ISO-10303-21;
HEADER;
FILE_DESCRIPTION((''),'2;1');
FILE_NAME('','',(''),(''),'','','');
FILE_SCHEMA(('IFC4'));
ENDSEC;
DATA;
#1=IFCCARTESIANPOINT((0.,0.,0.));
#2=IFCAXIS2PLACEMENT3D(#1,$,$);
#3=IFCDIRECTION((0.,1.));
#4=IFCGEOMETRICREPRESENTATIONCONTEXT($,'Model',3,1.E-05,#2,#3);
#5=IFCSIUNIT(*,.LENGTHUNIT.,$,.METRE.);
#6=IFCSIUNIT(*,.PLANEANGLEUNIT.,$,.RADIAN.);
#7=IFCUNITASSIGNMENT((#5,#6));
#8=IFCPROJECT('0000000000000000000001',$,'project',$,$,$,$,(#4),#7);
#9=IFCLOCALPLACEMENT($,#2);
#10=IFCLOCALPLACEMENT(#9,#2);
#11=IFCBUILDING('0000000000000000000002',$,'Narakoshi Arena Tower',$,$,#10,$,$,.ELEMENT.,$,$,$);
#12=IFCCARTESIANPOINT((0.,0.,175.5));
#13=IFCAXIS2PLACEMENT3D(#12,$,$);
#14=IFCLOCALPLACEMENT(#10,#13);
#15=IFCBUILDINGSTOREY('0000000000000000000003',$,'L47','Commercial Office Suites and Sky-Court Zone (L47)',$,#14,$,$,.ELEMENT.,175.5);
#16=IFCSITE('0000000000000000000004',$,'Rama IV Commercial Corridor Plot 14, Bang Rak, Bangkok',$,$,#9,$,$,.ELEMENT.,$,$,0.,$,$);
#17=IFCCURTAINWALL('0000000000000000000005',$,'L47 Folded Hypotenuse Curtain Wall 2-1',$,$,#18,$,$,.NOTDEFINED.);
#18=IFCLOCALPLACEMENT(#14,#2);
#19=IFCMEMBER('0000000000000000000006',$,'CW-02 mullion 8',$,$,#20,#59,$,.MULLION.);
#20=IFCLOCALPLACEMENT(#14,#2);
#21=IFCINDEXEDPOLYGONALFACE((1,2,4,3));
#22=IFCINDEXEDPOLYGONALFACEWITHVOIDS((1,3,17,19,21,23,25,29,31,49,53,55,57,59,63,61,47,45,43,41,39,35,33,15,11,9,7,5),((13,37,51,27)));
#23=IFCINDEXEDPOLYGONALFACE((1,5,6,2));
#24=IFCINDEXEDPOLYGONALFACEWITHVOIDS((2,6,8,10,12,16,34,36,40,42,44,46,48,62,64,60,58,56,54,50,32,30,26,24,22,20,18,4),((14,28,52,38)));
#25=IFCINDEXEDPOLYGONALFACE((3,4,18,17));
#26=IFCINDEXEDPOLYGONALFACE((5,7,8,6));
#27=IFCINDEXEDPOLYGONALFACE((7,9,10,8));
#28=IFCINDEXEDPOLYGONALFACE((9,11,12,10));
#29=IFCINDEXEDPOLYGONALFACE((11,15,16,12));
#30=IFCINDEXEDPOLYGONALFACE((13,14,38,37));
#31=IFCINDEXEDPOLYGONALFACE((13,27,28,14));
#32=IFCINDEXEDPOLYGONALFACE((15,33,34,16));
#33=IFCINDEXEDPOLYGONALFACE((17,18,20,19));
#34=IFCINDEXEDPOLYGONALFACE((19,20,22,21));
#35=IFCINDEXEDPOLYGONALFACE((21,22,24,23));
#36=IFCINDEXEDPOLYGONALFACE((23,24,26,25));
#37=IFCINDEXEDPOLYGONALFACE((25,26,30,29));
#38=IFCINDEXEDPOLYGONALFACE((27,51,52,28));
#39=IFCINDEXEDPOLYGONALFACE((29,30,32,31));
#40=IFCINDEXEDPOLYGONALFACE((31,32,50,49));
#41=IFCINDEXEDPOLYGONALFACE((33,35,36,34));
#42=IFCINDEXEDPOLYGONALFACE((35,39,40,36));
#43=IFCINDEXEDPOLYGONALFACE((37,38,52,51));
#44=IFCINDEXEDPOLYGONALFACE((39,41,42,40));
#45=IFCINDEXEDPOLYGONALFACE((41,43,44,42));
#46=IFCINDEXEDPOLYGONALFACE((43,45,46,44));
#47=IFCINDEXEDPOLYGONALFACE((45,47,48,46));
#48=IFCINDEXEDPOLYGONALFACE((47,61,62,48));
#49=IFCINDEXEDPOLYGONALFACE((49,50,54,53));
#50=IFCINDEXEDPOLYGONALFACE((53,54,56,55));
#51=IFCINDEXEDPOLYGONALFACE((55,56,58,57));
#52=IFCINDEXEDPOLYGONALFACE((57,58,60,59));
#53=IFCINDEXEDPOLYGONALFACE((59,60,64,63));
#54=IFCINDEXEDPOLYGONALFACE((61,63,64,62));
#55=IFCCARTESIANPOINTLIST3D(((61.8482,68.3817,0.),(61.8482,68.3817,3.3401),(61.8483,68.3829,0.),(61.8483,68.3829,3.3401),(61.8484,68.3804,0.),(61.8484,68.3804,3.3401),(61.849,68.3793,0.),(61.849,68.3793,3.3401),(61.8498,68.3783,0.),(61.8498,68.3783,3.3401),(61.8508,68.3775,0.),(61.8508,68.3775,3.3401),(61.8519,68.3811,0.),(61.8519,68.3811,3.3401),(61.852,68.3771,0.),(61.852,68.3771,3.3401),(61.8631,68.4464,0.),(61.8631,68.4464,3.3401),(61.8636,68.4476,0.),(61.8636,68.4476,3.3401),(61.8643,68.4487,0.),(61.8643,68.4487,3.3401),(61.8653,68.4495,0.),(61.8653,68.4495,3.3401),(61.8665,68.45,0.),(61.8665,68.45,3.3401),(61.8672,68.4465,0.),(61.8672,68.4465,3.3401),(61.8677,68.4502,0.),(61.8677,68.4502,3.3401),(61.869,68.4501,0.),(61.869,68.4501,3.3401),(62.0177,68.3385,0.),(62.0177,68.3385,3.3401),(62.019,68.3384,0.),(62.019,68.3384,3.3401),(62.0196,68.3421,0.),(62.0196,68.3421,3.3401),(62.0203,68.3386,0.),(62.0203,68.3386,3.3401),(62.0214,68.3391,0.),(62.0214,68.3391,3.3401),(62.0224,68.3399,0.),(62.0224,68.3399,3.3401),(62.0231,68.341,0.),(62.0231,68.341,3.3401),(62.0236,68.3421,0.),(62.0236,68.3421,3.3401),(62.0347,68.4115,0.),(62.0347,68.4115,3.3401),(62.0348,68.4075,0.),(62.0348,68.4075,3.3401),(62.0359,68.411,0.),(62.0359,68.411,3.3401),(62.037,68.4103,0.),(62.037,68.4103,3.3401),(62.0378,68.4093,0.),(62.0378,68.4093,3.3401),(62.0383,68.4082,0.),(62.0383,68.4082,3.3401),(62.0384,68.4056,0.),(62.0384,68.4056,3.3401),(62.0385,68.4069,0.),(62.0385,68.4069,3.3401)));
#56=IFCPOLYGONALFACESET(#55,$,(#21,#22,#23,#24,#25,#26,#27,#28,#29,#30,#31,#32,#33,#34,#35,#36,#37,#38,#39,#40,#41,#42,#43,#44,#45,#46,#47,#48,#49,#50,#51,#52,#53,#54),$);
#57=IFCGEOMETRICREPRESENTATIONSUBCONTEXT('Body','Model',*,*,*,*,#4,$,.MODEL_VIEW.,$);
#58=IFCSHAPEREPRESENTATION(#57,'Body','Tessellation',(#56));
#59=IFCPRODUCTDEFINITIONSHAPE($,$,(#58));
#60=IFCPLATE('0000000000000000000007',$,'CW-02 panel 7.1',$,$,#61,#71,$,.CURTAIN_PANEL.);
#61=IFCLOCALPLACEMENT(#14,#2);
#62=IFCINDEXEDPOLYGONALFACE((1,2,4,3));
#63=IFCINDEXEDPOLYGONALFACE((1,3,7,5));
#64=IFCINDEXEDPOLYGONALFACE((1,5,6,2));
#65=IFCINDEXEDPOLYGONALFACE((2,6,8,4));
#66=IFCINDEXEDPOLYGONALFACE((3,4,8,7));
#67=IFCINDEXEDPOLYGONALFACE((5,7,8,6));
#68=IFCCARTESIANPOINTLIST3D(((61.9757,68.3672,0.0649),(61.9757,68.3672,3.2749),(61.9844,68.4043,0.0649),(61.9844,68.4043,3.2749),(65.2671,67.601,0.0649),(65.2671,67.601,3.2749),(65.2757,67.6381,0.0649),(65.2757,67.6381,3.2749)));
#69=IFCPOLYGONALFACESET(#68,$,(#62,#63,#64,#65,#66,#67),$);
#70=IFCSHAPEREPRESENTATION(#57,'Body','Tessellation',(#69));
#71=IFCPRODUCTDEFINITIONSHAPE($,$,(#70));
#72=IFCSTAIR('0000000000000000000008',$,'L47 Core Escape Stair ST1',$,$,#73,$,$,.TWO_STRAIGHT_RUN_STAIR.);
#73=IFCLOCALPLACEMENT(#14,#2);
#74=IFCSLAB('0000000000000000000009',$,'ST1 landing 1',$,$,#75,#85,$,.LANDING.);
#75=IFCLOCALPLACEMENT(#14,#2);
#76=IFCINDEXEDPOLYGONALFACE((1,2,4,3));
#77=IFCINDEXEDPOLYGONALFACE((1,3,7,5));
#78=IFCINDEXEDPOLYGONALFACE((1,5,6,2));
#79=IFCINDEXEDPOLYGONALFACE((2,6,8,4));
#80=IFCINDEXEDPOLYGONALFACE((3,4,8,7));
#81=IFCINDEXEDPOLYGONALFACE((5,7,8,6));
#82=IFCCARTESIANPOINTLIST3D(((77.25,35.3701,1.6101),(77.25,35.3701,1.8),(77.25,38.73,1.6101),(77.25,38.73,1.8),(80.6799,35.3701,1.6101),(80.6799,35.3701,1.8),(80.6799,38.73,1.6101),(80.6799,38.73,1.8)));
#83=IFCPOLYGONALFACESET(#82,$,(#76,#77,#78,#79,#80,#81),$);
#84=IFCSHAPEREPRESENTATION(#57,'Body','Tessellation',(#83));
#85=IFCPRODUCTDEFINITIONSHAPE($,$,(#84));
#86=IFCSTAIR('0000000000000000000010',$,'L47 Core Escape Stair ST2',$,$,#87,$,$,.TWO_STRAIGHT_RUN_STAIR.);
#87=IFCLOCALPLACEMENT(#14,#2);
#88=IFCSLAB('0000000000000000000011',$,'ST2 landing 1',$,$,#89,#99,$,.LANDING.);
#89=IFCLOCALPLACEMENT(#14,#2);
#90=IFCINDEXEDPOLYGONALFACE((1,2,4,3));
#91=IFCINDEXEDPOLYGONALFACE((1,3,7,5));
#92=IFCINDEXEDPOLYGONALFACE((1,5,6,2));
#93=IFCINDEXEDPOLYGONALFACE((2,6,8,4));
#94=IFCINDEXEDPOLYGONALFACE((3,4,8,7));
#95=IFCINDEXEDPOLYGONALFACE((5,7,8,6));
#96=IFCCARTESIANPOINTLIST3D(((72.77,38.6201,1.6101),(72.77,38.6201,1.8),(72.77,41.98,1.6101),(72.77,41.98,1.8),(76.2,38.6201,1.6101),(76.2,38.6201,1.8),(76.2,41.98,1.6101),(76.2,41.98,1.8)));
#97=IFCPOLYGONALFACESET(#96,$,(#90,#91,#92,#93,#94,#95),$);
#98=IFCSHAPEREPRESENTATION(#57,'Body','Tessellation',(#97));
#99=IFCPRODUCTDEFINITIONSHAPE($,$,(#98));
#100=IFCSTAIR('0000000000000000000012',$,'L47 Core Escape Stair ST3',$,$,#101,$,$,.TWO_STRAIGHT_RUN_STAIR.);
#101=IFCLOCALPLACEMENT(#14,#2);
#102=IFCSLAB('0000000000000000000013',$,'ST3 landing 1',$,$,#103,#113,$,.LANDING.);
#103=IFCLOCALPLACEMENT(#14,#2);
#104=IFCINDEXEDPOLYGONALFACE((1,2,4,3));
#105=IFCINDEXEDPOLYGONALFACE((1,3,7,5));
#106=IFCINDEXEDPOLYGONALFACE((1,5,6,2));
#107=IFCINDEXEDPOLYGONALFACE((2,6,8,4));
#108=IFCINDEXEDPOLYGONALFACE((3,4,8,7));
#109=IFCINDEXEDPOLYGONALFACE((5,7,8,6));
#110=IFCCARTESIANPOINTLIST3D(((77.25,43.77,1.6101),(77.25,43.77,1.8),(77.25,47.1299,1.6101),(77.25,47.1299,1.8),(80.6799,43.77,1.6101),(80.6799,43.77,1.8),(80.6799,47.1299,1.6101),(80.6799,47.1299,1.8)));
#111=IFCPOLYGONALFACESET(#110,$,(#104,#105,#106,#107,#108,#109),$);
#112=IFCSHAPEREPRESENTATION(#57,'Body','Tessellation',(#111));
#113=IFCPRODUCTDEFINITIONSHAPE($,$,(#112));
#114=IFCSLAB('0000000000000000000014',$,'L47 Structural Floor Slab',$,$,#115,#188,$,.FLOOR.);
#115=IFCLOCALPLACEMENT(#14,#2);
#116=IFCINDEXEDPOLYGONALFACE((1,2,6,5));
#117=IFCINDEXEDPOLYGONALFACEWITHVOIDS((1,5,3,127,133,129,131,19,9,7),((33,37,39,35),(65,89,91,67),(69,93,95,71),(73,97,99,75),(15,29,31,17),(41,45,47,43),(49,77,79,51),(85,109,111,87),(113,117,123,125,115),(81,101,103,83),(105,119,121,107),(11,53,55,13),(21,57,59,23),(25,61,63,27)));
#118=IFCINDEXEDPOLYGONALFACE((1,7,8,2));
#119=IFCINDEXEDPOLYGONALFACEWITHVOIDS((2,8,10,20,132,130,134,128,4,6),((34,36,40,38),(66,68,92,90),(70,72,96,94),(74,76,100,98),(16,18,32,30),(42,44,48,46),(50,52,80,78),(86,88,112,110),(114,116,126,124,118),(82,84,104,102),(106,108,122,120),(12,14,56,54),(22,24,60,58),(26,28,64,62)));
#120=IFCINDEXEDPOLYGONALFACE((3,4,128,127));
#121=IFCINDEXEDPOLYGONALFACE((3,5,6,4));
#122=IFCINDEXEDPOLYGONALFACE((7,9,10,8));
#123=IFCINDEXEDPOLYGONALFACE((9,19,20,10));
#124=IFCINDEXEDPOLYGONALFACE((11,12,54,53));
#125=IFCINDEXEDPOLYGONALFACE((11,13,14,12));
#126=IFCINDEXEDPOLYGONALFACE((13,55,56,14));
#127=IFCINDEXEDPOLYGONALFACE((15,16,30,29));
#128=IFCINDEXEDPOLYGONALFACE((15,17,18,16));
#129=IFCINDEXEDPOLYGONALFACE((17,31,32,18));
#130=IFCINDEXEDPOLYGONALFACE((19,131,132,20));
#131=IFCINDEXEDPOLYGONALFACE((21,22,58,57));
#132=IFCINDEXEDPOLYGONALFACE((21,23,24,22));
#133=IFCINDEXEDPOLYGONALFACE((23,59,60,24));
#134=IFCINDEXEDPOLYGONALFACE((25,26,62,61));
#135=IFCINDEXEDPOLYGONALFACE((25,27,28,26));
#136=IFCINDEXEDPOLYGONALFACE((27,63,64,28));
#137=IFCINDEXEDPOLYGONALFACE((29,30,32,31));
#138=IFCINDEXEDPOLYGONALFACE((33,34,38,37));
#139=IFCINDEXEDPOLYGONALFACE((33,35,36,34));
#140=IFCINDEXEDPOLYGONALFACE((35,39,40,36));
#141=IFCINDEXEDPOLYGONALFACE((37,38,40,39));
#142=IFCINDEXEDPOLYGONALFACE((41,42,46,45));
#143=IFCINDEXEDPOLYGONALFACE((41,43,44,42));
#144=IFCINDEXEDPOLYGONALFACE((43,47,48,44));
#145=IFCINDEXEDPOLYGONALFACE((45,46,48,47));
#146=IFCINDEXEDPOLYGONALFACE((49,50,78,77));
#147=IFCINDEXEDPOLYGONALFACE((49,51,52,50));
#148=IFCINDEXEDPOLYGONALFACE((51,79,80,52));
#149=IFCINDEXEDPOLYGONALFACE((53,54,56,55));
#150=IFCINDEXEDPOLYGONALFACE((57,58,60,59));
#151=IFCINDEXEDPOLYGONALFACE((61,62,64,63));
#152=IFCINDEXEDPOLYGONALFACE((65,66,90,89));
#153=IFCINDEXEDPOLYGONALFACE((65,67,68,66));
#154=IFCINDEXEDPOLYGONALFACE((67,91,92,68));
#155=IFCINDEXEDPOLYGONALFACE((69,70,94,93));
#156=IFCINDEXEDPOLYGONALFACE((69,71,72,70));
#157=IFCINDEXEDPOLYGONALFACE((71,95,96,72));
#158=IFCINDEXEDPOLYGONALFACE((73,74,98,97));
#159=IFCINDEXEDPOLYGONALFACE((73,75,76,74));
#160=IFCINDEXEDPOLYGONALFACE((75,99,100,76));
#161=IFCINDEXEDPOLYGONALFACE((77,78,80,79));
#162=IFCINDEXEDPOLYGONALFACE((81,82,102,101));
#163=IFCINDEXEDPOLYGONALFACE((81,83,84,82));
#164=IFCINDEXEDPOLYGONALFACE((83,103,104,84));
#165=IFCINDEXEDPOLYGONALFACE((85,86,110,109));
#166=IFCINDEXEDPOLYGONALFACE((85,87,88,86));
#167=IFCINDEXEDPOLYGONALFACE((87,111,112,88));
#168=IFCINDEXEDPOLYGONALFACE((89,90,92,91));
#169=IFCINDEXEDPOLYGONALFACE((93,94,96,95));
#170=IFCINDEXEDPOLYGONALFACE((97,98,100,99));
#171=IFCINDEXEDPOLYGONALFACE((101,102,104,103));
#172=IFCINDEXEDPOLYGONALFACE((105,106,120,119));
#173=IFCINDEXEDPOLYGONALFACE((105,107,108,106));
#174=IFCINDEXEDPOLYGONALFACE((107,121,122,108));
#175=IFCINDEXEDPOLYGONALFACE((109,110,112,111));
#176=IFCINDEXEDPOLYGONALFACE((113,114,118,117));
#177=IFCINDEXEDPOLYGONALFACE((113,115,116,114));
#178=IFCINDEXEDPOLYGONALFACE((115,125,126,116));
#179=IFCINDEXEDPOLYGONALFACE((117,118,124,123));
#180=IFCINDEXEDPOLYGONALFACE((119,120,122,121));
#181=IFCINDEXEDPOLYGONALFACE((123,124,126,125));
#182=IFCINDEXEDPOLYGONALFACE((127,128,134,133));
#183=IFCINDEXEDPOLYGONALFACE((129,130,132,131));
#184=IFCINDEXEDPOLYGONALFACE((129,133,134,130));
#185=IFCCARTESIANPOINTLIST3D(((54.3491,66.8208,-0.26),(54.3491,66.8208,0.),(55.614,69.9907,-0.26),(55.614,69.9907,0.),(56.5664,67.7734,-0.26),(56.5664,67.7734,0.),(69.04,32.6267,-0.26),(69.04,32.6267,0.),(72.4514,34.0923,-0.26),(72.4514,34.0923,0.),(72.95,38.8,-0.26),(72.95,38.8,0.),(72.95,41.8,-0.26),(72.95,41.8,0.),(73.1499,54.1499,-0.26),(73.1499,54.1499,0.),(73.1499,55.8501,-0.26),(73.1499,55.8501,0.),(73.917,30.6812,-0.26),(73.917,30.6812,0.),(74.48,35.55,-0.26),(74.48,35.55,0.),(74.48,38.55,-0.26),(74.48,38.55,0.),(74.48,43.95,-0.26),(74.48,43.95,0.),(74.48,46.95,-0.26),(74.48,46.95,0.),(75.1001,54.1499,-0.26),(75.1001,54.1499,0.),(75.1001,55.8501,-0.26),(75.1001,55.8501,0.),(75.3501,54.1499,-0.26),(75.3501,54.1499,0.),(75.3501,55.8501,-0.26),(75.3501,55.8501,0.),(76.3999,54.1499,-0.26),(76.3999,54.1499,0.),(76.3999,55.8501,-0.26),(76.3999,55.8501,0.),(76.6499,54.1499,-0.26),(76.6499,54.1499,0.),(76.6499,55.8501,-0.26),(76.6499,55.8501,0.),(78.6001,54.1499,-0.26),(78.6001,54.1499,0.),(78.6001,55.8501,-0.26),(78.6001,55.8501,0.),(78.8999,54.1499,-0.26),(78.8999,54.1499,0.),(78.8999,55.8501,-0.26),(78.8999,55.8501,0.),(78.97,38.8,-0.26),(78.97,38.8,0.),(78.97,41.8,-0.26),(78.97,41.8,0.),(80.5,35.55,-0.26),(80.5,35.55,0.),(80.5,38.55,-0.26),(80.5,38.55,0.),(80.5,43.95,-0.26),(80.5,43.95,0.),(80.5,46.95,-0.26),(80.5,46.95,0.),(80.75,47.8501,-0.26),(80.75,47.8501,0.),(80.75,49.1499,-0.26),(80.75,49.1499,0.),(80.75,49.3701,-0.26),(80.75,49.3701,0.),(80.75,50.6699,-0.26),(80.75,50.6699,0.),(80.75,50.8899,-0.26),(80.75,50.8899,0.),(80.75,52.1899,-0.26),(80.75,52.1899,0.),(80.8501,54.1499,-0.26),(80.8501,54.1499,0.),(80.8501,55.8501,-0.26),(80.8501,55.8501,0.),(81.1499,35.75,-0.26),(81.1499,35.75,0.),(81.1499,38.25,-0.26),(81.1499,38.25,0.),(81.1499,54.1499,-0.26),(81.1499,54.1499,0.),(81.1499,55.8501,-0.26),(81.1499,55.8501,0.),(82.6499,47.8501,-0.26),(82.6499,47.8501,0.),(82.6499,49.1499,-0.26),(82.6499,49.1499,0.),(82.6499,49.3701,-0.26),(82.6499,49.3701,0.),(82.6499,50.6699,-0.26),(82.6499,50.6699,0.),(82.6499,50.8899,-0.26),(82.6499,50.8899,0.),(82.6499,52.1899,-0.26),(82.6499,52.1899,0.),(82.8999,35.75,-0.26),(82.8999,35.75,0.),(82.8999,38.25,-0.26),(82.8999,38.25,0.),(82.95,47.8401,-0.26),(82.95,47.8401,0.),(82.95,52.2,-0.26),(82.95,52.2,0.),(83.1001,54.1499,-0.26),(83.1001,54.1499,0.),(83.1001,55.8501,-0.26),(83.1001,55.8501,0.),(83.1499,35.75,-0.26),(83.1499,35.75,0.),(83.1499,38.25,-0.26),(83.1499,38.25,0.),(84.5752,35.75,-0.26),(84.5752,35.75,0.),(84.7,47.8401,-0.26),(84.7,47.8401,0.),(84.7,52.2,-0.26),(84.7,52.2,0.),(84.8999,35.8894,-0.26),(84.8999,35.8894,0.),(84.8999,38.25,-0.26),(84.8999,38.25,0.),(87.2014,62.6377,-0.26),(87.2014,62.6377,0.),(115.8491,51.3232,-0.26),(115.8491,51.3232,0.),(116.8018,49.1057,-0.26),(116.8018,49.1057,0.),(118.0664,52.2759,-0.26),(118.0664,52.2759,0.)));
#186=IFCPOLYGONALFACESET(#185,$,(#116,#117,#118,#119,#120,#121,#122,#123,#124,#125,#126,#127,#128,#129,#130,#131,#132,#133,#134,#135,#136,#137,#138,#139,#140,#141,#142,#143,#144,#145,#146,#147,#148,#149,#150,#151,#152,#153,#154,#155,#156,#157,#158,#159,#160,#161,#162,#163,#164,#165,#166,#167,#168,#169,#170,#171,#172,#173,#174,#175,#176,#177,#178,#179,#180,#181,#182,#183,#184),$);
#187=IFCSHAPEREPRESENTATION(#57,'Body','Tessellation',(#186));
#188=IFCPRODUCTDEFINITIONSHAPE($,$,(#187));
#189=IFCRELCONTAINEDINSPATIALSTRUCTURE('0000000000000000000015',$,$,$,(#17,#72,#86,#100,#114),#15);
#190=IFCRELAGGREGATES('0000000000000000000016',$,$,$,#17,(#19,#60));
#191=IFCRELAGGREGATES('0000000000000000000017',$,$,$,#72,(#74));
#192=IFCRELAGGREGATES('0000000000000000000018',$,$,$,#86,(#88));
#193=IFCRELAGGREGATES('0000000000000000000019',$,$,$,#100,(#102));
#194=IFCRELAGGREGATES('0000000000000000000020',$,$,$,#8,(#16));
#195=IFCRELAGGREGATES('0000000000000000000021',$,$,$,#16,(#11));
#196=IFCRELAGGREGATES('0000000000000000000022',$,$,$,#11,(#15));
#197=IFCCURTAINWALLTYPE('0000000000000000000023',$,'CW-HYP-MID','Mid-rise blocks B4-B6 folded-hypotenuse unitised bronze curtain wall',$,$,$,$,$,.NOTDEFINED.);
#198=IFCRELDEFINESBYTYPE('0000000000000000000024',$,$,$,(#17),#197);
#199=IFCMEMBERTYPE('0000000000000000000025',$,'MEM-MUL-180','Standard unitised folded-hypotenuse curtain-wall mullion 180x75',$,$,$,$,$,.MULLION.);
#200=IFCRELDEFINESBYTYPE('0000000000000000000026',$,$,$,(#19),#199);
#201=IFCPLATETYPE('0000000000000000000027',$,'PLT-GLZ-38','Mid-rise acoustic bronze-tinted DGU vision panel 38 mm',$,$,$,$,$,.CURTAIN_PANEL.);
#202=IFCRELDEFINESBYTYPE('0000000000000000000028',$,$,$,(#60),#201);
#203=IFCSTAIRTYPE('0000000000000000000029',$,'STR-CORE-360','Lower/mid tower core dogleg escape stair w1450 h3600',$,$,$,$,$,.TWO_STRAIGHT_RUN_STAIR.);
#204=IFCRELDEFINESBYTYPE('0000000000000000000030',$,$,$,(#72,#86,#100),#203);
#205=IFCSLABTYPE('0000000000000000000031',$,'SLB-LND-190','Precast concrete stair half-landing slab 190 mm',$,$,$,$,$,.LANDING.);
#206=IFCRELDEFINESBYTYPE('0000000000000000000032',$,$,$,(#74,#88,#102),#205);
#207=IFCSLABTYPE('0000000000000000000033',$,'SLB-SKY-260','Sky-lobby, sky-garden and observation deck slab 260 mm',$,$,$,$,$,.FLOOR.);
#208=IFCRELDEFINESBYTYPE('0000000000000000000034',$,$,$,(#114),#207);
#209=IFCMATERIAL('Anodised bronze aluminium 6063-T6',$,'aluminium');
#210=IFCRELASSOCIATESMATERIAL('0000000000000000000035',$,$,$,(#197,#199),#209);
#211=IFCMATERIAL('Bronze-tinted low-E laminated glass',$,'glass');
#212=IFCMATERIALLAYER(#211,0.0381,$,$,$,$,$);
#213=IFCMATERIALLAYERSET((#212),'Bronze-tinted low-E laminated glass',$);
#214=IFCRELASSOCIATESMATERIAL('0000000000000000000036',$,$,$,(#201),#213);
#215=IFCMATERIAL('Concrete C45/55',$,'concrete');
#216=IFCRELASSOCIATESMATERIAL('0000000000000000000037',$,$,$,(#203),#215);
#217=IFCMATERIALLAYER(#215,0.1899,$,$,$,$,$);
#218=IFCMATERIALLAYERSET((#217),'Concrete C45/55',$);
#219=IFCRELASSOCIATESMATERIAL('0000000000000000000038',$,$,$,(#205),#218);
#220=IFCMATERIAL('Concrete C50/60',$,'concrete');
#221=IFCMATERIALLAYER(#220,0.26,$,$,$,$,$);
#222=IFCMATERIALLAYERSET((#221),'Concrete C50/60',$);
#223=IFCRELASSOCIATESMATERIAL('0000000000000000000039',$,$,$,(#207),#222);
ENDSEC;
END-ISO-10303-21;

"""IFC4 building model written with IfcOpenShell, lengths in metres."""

from ifc_helpers import new_model, si_unit, direction, frame, origin, origin_2d, place, context, subcontext, project, spatial, polyline, rectangle, hollow_rectangle, outline, extrude, material, layer, layer_set, material_profile, profile_set, type_object, element, aggregate, save


model = new_model("IFC4")

# Units and contexts
model_context = context("Model", 3, precision=1e-05, world=origin(), true_north=direction((0.0, 1.0)))
body_context = subcontext(model_context, "Body", "Model", "MODEL_VIEW")
ifc_project = project(units=[si_unit("LENGTHUNIT", "METRE"), si_unit("PLANEANGLEUNIT", "RADIAN")], contexts=[model_context])

# Site, building, storey
site_placement = place(None, origin())
site = spatial("IfcSite", under=ifc_project, at=site_placement, Name="Rama IV Commercial Corridor Plot 14, Bang Rak, Bangkok", CompositionType="ELEMENT", RefElevation=0.0)
building_placement = place(site_placement, origin())
building = spatial("IfcBuilding", under=site, at=building_placement, Name="Narakoshi Arena Tower", CompositionType="ELEMENT")
storey_placement = place(building_placement, frame((0.0, 0.0, 175.5)))
storey = spatial("IfcBuildingStorey", under=building, at=storey_placement, Name="L47", Description="Commercial Office Suites and Sky-Court Zone (L47)", CompositionType="ELEMENT", Elevation=175.5)

# Shared definitions
ifc_material_1 = material(Name="Concrete C50/60", Category="concrete")

# Curtain wall, member, plate
ifc_material_2 = material(Name="Anodised bronze aluminium 6063-T6", Category="aluminium")
curtain_wall_type = type_object("IfcCurtainWallType", Name="CW-HYP-MID", Description="Mid-rise blocks B4-B6 folded-hypotenuse unitised bronze curtain wall", PredefinedType="NOTDEFINED", material=ifc_material_2)
curtain_wall_placement = place(storey_placement, origin())
curtain_wall = element("IfcCurtainWall", 1, at=curtain_wall_placement, inside=storey, type_object=curtain_wall_type, Name="L47 Folded Hypotenuse Curtain Wall 2-1", PredefinedType="NOTDEFINED")
ifc_material_profile_1 = material_profile(ifc_material_2, hollow_rectangle(XDim=0.075, YDim=0.1799, WallThickness=0.0039, OuterFilletRadius=0.0049, at=origin_2d()), Name="MUL180x75x4")
ifc_profile_set_1 = profile_set([ifc_material_profile_1], Name="Anodised bronze aluminium 6063-T6")
member_type = type_object("IfcMemberType", Name="MEM-MUL-180", Description="Standard unitised folded-hypotenuse curtain-wall mullion 180x75", PredefinedType="MULLION", material=ifc_profile_set_1)
member_placement = place(storey_placement, frame((61.9434, 68.3943, 0.0), z_axis=(0.0, 0.0, 1.0), x_axis=(-0.226721, -0.97396, 0.0)))
member = element("IfcMember", 2, at=member_placement, type_object=member_type, Name="CW-02 mullion 8", PredefinedType="MULLION", context=body_context, shape_type="SweptSolid", body=[
    extrude(hollow_rectangle(XDim=0.075, YDim=0.1799, WallThickness=0.0039, OuterFilletRadius=0.0049, at=origin_2d()), origin(), (0.0, 0.0, 1.0), 3.3401),
])
ifc_material_3 = material(Name="Bronze-tinted low-E laminated glass", Category="glass")
ifc_layer_1 = layer(ifc_material_3, 0.0381)
ifc_layer_set_1 = layer_set([ifc_layer_1], Name="Bronze-tinted low-E laminated glass")
plate_type = type_object("IfcPlateType", Name="PLT-GLZ-38", Description="Mid-rise acoustic bronze-tinted DGU vision panel 38 mm", PredefinedType="CURTAIN_PANEL", material=ifc_layer_set_1)
plate_placement = place(storey_placement, frame((63.6257, 68.0027, 0.0649), z_axis=(0.0, 0.0, 1.0), x_axis=(-0.97396, 0.226721, 0.0)))
plate = element("IfcPlate", 3, at=plate_placement, type_object=plate_type, Name="CW-02 panel 7.1", PredefinedType="CURTAIN_PANEL", context=body_context, shape_type="SweptSolid", body=[
    extrude(rectangle(XDim=3.3794, YDim=0.0381, at=origin_2d()), origin(), (0.0, 0.0, 1.0), 3.21),
])
aggregate(curtain_wall, [member, plate])

# Stairs, slabs
ifc_material_4 = material(Name="Concrete C45/55", Category="concrete")
stair_type = type_object("IfcStairType", Name="STR-CORE-360", Description="Lower/mid tower core dogleg escape stair w1450 h3600", PredefinedType="TWO_STRAIGHT_RUN_STAIR", material=ifc_material_4)
stair_1_placement = place(storey_placement, origin())
stair_1 = element("IfcStair", 4, at=stair_1_placement, inside=storey, type_object=stair_type, Name="L47 Core Escape Stair ST1", PredefinedType="TWO_STRAIGHT_RUN_STAIR")
ifc_layer_2 = layer(ifc_material_4, 0.1899)
ifc_layer_set_2 = layer_set([ifc_layer_2], Name="Concrete C45/55")
slab_type_1 = type_object("IfcSlabType", Name="SLB-LND-190", Description="Precast concrete stair half-landing slab 190 mm", PredefinedType="LANDING", material=ifc_layer_set_2)
slab_1_placement = place(storey_placement, frame((0.0, 0.0, 1.6101)))
slab_1 = element("IfcSlab", 5, at=slab_1_placement, type_object=slab_type_1, Name="ST1 landing 1", PredefinedType="LANDING", context=body_context, shape_type="SweptSolid", body=[
    extrude(outline(polyline([(77.25, 35.3701), (80.6799, 35.3701), (80.6799, 38.73), (77.25, 38.73), (77.25, 35.3701)])), origin(), (0.0, 0.0, 1.0), 0.1899),
])
aggregate(stair_1, [slab_1])
stair_2_placement = place(storey_placement, origin())
stair_2 = element("IfcStair", 6, at=stair_2_placement, inside=storey, type_object=stair_type, Name="L47 Core Escape Stair ST2", PredefinedType="TWO_STRAIGHT_RUN_STAIR")
slab_2_placement = place(storey_placement, frame((0.0, 0.0, 1.6101)))
slab_2 = element("IfcSlab", 7, at=slab_2_placement, type_object=slab_type_1, Name="ST2 landing 1", PredefinedType="LANDING", context=body_context, shape_type="SweptSolid", body=[
    extrude(outline(polyline([(72.77, 38.6201), (76.2, 38.6201), (76.2, 41.98), (72.77, 41.98), (72.77, 38.6201)])), origin(), (0.0, 0.0, 1.0), 0.1899),
])
aggregate(stair_2, [slab_2])
stair_3_placement = place(storey_placement, origin())
stair_3 = element("IfcStair", 8, at=stair_3_placement, inside=storey, type_object=stair_type, Name="L47 Core Escape Stair ST3", PredefinedType="TWO_STRAIGHT_RUN_STAIR")
slab_3_placement = place(storey_placement, frame((0.0, 0.0, 1.6101)))
slab_3 = element("IfcSlab", 9, at=slab_3_placement, type_object=slab_type_1, Name="ST3 landing 1", PredefinedType="LANDING", context=body_context, shape_type="SweptSolid", body=[
    extrude(outline(polyline([(77.25, 43.77), (80.6799, 43.77), (80.6799, 47.1299), (77.25, 47.1299), (77.25, 43.77)])), origin(), (0.0, 0.0, 1.0), 0.1899),
])
aggregate(stair_3, [slab_3])

# Slab
ifc_layer_3 = layer(ifc_material_1, 0.26)
ifc_layer_set_3 = layer_set([ifc_layer_3], Name="Concrete C50/60")
slab_type_2 = type_object("IfcSlabType", Name="SLB-SKY-260", Description="Sky-lobby, sky-garden and observation deck slab 260 mm", PredefinedType="FLOOR", material=ifc_layer_set_3)
slab_4_placement = place(storey_placement, frame((0.0, 0.0, -0.26)))
element("IfcSlab", 10, at=slab_4_placement, inside=storey, type_object=slab_type_2, Name="L47 Structural Floor Slab", PredefinedType="FLOOR", context=body_context, shape_type="SweptSolid", body=[
    extrude(outline(polyline([(73.917, 30.6812), (116.8018, 49.1057), (115.8491, 51.3232), (118.0664, 52.2759), (87.2014, 62.6377), (55.614, 69.9907), (56.5664, 67.7734), (54.3491, 66.8208), (69.04, 32.6267), (72.4514, 34.0923), (73.917, 30.6812)]), holes=[polyline([(80.5, 35.55), (74.48, 35.55), (74.48, 38.55), (80.5, 38.55), (80.5, 35.55)]), polyline([(82.8999, 35.75), (81.1499, 35.75), (81.1499, 38.25), (82.8999, 38.25), (82.8999, 35.75)]), polyline([(84.5752, 35.75), (83.1499, 35.75), (83.1499, 38.25), (84.8999, 38.25), (84.8999, 35.8894), (84.5752, 35.75)]), polyline([(72.95, 38.8), (72.95, 41.8), (78.97, 41.8), (78.97, 38.8), (72.95, 38.8)]), polyline([(74.48, 43.95), (74.48, 46.95), (80.5, 46.95), (80.5, 43.95), (74.48, 43.95)]), polyline([(82.95, 47.8401), (82.95, 52.2), (84.7, 52.2), (84.7, 47.8401), (82.95, 47.8401)]), polyline([(80.75, 47.8501), (80.75, 49.1499), (82.6499, 49.1499), (82.6499, 47.8501), (80.75, 47.8501)]), polyline([(80.75, 49.3701), (80.75, 50.6699), (82.6499, 50.6699), (82.6499, 49.3701), (80.75, 49.3701)]), polyline([(80.75, 50.8899), (80.75, 52.1899), (82.6499, 52.1899), (82.6499, 50.8899), (80.75, 50.8899)]), polyline([(73.1499, 54.1499), (73.1499, 55.8501), (75.1001, 55.8501), (75.1001, 54.1499), (73.1499, 54.1499)]), polyline([(75.3501, 54.1499), (75.3501, 55.8501), (76.3999, 55.8501), (76.3999, 54.1499), (75.3501, 54.1499)]), polyline([(76.6499, 54.1499), (76.6499, 55.8501), (78.6001, 55.8501), (78.6001, 54.1499), (76.6499, 54.1499)]), polyline([(78.8999, 54.1499), (78.8999, 55.8501), (80.8501, 55.8501), (80.8501, 54.1499), (78.8999, 54.1499)]), polyline([(81.1499, 54.1499), (81.1499, 55.8501), (83.1001, 55.8501), (83.1001, 54.1499), (81.1499, 54.1499)])]), origin(), (0.0, 0.0, 1.0), 0.26),
])

save(model, "model.ifc")
